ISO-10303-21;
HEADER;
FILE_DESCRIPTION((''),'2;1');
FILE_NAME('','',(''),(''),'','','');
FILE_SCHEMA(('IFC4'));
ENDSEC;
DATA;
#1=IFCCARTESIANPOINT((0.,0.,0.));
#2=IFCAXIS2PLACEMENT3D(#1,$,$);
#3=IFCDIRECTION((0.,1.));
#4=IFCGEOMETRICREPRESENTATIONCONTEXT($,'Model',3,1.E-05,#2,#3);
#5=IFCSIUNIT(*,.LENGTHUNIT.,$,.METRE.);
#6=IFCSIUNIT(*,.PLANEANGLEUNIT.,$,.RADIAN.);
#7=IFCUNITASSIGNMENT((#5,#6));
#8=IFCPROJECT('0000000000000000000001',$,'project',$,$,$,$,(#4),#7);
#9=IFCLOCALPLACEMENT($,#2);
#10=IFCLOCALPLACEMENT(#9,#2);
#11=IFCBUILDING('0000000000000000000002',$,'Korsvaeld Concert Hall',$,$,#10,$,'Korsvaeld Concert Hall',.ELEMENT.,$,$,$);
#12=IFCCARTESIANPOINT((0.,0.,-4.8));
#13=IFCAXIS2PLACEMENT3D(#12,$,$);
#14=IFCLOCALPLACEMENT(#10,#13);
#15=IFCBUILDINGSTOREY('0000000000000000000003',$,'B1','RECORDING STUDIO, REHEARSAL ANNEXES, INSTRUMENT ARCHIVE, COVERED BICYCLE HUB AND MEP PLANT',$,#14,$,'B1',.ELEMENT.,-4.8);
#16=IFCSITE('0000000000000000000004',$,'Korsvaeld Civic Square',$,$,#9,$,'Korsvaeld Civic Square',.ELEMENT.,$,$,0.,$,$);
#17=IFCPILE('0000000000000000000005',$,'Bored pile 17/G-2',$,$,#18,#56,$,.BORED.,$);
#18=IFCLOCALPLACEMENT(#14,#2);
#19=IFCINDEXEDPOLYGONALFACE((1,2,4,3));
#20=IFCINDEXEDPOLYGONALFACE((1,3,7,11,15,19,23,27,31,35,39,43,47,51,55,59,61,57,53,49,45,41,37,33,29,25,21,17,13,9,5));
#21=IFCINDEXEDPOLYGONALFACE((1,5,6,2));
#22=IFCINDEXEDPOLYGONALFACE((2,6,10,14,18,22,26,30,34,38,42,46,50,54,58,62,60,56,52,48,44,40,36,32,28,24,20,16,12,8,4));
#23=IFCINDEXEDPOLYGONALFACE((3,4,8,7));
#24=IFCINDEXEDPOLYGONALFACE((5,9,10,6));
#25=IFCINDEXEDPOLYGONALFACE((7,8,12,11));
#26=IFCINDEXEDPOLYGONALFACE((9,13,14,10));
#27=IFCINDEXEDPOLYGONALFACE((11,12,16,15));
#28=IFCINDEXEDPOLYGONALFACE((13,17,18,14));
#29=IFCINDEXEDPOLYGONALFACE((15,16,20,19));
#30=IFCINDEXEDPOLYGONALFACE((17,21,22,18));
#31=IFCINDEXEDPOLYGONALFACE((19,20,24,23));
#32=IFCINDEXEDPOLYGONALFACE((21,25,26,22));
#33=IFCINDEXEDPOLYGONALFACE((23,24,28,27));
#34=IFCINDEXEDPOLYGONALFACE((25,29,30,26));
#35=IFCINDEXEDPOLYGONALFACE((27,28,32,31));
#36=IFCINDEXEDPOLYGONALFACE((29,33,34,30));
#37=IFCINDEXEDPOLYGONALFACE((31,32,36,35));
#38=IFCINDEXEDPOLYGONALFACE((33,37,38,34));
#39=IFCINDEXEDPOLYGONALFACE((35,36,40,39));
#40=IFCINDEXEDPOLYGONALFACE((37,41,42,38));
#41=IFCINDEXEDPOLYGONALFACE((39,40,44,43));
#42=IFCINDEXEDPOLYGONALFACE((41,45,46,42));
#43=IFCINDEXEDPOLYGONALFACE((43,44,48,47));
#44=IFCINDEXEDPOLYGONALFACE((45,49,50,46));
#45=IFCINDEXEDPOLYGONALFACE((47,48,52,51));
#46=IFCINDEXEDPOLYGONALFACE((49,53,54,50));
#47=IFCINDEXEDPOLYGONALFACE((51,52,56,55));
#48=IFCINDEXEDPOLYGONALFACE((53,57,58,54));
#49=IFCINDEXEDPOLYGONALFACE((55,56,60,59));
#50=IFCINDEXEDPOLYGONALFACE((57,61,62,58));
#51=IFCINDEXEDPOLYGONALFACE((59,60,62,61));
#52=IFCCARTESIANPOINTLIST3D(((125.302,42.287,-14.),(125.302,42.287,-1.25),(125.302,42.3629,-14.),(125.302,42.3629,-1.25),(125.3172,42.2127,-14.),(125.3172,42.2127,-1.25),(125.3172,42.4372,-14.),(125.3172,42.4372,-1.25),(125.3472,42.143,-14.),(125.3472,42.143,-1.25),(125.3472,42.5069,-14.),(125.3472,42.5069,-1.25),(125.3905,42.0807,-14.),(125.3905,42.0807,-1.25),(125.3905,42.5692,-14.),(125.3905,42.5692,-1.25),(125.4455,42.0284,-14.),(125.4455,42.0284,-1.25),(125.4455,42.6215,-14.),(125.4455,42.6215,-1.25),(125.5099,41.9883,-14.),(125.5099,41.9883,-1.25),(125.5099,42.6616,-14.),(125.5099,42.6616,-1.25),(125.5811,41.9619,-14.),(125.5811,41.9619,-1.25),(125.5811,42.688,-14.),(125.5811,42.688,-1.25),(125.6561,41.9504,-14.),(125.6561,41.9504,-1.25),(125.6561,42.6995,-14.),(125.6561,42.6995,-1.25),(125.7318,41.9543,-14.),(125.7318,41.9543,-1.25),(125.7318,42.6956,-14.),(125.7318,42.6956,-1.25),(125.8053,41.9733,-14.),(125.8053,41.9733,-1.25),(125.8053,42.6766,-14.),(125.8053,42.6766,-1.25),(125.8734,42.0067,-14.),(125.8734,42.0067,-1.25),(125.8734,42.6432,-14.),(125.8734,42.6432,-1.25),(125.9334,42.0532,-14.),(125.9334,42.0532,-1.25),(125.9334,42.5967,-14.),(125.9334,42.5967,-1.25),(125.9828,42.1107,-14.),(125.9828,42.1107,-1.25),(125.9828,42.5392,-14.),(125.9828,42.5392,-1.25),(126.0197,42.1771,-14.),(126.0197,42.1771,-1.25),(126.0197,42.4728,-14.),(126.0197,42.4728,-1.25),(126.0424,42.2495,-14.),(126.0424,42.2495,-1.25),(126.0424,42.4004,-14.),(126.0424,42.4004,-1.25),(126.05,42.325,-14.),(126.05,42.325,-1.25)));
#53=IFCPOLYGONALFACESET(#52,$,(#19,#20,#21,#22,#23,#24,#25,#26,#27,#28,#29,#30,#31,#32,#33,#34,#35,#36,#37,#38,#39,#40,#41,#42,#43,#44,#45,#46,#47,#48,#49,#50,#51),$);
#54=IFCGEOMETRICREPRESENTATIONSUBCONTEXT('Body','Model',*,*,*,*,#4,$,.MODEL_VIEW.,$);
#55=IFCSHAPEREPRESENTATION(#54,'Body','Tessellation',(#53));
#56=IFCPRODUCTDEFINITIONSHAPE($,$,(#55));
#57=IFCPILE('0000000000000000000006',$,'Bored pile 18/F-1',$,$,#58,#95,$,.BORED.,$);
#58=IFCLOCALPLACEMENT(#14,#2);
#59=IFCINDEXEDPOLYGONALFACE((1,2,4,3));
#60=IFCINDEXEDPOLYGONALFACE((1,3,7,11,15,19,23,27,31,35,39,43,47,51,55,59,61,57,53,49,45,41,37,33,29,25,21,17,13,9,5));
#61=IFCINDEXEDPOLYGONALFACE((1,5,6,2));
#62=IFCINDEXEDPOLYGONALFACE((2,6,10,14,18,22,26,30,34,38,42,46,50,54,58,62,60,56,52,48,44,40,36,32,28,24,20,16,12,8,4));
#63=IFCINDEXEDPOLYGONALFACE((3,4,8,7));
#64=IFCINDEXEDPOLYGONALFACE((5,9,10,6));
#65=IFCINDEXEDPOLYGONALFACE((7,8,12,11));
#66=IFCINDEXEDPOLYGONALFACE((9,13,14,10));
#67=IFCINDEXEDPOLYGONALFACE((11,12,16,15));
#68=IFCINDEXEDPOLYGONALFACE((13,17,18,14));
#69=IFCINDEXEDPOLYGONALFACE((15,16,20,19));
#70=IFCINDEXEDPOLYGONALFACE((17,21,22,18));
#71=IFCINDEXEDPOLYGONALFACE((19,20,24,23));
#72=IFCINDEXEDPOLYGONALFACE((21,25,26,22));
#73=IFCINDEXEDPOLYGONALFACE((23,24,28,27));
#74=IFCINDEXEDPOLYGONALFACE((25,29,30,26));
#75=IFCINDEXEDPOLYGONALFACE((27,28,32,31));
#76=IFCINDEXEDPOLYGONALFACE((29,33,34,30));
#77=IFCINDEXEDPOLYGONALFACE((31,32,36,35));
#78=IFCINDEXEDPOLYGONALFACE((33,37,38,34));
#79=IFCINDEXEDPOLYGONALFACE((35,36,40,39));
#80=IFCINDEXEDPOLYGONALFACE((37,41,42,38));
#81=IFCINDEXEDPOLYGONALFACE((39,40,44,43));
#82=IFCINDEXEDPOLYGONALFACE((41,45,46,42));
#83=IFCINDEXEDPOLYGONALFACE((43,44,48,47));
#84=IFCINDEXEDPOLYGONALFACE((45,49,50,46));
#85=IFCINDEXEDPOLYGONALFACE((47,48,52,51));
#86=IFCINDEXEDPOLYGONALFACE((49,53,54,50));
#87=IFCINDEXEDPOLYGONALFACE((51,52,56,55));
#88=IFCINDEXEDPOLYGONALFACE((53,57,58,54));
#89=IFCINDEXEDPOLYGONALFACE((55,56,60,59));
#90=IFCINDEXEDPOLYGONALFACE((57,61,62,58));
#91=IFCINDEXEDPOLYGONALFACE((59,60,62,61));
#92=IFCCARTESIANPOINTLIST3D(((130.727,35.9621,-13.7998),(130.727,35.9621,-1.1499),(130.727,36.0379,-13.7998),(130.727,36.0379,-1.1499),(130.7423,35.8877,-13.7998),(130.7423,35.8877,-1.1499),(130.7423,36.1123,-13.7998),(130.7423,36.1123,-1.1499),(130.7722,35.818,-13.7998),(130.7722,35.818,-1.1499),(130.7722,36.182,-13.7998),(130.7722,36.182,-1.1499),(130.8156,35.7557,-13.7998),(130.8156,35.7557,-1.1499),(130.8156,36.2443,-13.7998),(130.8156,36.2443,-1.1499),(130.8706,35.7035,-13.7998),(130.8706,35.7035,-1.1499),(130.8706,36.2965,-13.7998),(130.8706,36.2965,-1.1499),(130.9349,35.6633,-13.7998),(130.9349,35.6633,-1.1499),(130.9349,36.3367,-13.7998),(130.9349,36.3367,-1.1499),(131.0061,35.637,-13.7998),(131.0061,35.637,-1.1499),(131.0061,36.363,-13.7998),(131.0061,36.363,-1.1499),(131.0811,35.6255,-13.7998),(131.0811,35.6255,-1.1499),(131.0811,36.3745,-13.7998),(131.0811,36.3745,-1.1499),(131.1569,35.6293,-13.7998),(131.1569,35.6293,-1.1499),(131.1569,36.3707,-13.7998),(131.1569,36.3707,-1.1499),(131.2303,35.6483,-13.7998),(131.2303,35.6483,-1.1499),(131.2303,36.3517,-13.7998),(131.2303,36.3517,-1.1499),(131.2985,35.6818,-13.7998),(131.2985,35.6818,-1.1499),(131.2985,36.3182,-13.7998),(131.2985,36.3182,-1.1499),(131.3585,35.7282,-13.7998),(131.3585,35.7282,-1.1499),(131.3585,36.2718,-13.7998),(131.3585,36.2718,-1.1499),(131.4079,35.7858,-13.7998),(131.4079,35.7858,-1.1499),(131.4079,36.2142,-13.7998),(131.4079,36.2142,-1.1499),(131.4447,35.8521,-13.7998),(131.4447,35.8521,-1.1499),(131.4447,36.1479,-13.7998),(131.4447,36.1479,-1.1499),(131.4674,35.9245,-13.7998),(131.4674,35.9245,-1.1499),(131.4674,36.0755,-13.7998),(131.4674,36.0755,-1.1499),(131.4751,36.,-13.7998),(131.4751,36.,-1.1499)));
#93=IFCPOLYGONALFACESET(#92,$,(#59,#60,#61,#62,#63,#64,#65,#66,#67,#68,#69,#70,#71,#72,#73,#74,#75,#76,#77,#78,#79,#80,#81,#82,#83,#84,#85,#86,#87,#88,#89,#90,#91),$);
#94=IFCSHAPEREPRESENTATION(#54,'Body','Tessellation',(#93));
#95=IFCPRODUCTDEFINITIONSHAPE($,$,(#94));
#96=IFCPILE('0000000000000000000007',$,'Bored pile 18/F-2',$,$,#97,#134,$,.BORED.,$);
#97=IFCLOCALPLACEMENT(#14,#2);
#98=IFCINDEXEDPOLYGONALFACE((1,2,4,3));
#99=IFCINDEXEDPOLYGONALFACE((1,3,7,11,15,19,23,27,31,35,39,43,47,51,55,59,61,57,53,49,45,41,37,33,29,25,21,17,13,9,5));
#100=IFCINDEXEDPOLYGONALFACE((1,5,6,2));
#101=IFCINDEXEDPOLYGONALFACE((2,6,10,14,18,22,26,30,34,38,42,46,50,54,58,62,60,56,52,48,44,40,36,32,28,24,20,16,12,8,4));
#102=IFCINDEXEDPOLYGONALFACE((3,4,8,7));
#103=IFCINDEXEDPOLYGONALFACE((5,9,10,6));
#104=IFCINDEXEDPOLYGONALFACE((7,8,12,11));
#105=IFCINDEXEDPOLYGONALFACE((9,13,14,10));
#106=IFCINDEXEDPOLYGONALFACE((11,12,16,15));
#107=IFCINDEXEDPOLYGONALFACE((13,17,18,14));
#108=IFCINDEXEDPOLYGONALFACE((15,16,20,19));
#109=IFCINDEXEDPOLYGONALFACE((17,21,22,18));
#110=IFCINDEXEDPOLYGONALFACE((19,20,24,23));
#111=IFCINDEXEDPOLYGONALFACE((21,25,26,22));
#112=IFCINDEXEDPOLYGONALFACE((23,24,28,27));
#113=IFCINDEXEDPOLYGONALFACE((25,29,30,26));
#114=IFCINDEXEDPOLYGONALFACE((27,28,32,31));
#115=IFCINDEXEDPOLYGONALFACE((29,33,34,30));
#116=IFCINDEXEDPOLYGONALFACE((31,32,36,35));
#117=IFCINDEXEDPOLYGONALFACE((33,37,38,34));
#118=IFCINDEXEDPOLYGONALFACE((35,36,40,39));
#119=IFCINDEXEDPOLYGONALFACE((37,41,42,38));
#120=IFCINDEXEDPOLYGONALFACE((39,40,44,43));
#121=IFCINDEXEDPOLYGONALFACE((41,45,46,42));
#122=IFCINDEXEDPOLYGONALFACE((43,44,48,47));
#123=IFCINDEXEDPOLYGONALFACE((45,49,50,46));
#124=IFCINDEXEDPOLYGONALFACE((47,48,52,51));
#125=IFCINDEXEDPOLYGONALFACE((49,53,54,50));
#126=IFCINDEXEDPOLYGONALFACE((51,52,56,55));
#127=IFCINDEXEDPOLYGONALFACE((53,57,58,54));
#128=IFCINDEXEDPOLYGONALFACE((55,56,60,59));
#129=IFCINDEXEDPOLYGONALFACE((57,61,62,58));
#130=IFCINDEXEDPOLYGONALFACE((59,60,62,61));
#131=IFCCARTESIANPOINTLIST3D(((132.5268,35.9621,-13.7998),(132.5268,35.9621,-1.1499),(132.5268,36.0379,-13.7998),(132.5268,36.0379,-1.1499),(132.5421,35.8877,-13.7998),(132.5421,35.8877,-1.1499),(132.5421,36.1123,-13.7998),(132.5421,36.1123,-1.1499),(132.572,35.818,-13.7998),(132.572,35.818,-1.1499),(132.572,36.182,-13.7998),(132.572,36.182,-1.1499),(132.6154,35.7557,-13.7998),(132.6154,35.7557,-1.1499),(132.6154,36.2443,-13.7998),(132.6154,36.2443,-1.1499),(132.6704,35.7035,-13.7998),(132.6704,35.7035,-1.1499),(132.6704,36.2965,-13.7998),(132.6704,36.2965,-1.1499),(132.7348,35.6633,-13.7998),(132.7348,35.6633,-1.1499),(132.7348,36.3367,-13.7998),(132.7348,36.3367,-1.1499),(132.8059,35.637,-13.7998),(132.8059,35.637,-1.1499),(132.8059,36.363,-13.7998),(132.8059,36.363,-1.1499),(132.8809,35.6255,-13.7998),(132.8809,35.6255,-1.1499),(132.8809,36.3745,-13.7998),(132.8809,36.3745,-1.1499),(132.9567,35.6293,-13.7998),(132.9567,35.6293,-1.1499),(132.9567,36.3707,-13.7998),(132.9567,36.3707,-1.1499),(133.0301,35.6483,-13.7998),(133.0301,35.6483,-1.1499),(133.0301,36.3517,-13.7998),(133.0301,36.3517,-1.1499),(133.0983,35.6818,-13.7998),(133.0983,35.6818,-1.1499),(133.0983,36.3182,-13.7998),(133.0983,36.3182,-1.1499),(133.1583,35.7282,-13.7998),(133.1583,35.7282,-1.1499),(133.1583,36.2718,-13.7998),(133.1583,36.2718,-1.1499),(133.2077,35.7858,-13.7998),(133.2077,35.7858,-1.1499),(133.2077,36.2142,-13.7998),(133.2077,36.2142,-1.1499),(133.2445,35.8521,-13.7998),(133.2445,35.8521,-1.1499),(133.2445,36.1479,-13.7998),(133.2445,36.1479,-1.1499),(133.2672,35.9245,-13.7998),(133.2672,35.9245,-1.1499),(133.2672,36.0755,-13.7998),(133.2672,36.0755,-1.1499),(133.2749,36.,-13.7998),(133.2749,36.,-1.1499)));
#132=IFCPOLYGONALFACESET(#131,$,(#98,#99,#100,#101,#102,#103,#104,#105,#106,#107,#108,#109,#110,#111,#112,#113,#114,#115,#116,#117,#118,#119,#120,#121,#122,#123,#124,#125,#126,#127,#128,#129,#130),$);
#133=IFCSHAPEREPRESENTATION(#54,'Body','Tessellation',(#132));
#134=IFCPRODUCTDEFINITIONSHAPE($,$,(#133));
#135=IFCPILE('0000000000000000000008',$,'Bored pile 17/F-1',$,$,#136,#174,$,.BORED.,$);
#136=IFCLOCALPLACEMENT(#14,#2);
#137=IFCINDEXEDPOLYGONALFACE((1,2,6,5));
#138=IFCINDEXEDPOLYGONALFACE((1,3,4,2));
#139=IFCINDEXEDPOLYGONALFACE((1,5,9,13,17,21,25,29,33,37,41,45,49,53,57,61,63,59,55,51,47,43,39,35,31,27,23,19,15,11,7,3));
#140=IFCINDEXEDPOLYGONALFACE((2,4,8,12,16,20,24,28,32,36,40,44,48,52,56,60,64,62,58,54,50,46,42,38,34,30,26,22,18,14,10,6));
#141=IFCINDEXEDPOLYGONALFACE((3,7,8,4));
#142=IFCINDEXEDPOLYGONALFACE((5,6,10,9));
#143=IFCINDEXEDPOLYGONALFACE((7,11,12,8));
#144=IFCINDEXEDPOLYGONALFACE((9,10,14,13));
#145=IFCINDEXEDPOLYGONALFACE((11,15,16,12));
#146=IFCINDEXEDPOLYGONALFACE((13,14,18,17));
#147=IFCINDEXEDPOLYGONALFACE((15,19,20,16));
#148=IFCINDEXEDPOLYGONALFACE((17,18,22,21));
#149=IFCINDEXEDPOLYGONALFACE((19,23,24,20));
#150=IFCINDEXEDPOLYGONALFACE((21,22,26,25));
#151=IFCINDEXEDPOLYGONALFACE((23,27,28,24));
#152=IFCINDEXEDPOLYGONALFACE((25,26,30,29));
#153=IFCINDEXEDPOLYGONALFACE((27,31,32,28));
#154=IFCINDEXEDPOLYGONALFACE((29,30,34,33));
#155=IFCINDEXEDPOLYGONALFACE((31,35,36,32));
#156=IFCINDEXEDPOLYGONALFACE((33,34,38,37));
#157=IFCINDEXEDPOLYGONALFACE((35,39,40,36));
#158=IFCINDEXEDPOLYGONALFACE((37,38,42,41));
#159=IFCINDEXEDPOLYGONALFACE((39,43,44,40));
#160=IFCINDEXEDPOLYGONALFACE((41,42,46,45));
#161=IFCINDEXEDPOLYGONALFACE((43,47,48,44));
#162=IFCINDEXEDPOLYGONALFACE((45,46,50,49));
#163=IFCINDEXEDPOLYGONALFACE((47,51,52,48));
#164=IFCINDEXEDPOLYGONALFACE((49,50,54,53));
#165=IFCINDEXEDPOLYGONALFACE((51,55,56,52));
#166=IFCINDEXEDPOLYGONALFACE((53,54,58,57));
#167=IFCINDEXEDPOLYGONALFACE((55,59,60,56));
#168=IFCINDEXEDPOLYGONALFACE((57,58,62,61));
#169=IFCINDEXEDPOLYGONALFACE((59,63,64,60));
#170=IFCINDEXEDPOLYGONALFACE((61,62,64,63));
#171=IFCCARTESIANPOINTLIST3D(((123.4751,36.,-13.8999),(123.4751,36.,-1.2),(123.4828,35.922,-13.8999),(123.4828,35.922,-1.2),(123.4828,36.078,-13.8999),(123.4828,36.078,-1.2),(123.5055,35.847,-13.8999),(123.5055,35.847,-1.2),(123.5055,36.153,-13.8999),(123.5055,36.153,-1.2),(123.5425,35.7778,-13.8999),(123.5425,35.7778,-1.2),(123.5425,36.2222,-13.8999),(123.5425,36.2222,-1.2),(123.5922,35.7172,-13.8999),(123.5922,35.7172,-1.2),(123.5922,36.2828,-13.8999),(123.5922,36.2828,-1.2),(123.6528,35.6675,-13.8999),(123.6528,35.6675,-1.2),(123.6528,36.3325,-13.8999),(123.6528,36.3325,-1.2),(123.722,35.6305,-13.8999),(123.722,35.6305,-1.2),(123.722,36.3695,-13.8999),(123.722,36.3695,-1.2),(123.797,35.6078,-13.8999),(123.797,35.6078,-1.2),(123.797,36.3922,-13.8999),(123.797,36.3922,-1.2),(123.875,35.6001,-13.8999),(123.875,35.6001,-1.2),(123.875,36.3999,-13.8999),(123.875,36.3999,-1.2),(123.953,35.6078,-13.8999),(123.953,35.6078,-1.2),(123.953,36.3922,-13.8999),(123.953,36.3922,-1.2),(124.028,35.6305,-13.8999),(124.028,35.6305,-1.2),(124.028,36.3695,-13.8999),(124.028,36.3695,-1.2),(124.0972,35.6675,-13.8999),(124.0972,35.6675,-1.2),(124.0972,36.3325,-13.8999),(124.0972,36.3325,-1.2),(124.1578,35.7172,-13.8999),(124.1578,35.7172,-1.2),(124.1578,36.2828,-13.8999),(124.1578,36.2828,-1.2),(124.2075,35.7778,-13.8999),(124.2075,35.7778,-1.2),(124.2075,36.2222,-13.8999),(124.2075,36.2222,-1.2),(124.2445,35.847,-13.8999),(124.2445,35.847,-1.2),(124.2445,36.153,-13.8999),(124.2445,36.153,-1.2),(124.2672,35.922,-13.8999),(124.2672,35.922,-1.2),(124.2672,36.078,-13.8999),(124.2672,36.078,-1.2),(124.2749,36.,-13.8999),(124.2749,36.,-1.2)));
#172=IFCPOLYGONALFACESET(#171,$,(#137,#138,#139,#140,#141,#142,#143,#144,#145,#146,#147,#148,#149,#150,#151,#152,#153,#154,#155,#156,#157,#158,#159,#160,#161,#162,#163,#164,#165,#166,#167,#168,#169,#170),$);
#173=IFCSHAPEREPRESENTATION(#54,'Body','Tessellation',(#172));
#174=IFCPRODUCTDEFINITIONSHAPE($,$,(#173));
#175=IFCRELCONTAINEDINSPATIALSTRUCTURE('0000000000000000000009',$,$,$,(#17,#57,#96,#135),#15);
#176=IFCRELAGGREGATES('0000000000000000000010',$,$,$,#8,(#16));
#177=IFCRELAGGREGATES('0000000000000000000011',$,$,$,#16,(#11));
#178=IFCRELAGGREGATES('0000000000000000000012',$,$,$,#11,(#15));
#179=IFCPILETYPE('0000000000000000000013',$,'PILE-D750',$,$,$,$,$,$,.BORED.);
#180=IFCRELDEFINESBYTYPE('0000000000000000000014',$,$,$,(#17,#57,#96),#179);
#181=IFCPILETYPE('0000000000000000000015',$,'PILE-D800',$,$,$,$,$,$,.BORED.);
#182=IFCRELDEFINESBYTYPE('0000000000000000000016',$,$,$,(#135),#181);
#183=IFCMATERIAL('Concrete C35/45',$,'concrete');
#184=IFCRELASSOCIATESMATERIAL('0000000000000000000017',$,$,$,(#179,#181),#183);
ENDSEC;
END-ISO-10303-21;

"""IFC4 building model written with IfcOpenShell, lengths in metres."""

from ifc_helpers import new_model, si_unit, direction, frame, origin, origin_2d, place, context, subcontext, project, spatial, circle, extrude, material, material_profile, profile_set, type_object, element, save


model = new_model("IFC4")

# Units and contexts
model_context = context("Model", 3, precision=1e-05, world=origin(), true_north=direction((0.0, 1.0)))
body_context = subcontext(model_context, "Body", "Model", "MODEL_VIEW")
ifc_project = project(units=[si_unit("LENGTHUNIT", "METRE"), si_unit("PLANEANGLEUNIT", "RADIAN")], contexts=[model_context])

# Site, building, storey
site_placement = place(None, origin())
site = spatial("IfcSite", under=ifc_project, at=site_placement, Name="Korsvaeld Civic Square", LongName="Korsvaeld Civic Square", CompositionType="ELEMENT", RefElevation=0.0)
building_placement = place(site_placement, origin())
building = spatial("IfcBuilding", under=site, at=building_placement, Name="Korsvaeld Concert Hall", LongName="Korsvaeld Concert Hall", CompositionType="ELEMENT")
storey_placement = place(building_placement, frame((0.0, 0.0, -4.8)))
storey = spatial("IfcBuildingStorey", under=building, at=storey_placement, Name="B1", Description="RECORDING STUDIO, REHEARSAL ANNEXES, INSTRUMENT ARCHIVE, COVERED BICYCLE HUB AND MEP PLANT", LongName="B1", CompositionType="ELEMENT", Elevation=-4.8)

# Shared definitions
ifc_material_1 = material(Name="Concrete C35/45", Category="concrete")

# Piles
ifc_material_profile_1 = material_profile(ifc_material_1, circle(Radius=0.375, at=origin_2d()), Name="BORED PILE D750")
ifc_profile_set_1 = profile_set([ifc_material_profile_1], Name="Concrete C35/45")
pile_type_1 = type_object("IfcPileType", Name="PILE-D750", PredefinedType="BORED", material=ifc_profile_set_1)
for number, where, z_axis, x_axis, name in (
    (1, (125.675, 42.325, -1.25), (0.0, 0.0, -1.0), (1.0, 0.0, 0.0), "Bored pile 17/G-2"),
):
    element("IfcPile", number, at=place(storey_placement, frame(where, z_axis=z_axis, x_axis=x_axis)), inside=storey, type_object=pile_type_1, Name=name, PredefinedType="BORED", context=body_context, shape_type="SweptSolid", body=[
        extrude(circle(Radius=0.375, at=origin_2d()), origin(), (0.0, 0.0, 1.0), 12.75),
    ])
for number, where, z_axis, x_axis, name in (
    (2, (131.1001, 36.0, -1.1499), (0.0, 0.0, -1.0), (1.0, 0.0, 0.0), "Bored pile 18/F-1"),
    (3, (132.8999, 36.0, -1.1499), (0.0, 0.0, -1.0), (1.0, 0.0, 0.0), "Bored pile 18/F-2"),
):
    element("IfcPile", number, at=place(storey_placement, frame(where, z_axis=z_axis, x_axis=x_axis)), inside=storey, type_object=pile_type_1, Name=name, PredefinedType="BORED", context=body_context, shape_type="SweptSolid", body=[
        extrude(circle(Radius=0.375, at=origin_2d()), origin(), (0.0, 0.0, 1.0), 12.6499),
    ])
ifc_material_profile_2 = material_profile(ifc_material_1, circle(Radius=0.3999, at=origin_2d()), Name="BORED PILE D800")
ifc_profile_set_2 = profile_set([ifc_material_profile_2], Name="Concrete C35/45")
pile_type_2 = type_object("IfcPileType", Name="PILE-D800", PredefinedType="BORED", material=ifc_profile_set_2)
for number, where, z_axis, x_axis, name in (
    (4, (123.875, 36.0, -1.2), (0.0, 0.0, -1.0), (1.0, 0.0, 0.0), "Bored pile 17/F-1"),
):
    element("IfcPile", number, at=place(storey_placement, frame(where, z_axis=z_axis, x_axis=x_axis)), inside=storey, type_object=pile_type_2, Name=name, PredefinedType="BORED", context=body_context, shape_type="SweptSolid", body=[
        extrude(circle(Radius=0.3999, at=origin_2d()), origin(), (0.0, 0.0, 1.0), 12.7),
    ])

save(model, "model.ifc")
